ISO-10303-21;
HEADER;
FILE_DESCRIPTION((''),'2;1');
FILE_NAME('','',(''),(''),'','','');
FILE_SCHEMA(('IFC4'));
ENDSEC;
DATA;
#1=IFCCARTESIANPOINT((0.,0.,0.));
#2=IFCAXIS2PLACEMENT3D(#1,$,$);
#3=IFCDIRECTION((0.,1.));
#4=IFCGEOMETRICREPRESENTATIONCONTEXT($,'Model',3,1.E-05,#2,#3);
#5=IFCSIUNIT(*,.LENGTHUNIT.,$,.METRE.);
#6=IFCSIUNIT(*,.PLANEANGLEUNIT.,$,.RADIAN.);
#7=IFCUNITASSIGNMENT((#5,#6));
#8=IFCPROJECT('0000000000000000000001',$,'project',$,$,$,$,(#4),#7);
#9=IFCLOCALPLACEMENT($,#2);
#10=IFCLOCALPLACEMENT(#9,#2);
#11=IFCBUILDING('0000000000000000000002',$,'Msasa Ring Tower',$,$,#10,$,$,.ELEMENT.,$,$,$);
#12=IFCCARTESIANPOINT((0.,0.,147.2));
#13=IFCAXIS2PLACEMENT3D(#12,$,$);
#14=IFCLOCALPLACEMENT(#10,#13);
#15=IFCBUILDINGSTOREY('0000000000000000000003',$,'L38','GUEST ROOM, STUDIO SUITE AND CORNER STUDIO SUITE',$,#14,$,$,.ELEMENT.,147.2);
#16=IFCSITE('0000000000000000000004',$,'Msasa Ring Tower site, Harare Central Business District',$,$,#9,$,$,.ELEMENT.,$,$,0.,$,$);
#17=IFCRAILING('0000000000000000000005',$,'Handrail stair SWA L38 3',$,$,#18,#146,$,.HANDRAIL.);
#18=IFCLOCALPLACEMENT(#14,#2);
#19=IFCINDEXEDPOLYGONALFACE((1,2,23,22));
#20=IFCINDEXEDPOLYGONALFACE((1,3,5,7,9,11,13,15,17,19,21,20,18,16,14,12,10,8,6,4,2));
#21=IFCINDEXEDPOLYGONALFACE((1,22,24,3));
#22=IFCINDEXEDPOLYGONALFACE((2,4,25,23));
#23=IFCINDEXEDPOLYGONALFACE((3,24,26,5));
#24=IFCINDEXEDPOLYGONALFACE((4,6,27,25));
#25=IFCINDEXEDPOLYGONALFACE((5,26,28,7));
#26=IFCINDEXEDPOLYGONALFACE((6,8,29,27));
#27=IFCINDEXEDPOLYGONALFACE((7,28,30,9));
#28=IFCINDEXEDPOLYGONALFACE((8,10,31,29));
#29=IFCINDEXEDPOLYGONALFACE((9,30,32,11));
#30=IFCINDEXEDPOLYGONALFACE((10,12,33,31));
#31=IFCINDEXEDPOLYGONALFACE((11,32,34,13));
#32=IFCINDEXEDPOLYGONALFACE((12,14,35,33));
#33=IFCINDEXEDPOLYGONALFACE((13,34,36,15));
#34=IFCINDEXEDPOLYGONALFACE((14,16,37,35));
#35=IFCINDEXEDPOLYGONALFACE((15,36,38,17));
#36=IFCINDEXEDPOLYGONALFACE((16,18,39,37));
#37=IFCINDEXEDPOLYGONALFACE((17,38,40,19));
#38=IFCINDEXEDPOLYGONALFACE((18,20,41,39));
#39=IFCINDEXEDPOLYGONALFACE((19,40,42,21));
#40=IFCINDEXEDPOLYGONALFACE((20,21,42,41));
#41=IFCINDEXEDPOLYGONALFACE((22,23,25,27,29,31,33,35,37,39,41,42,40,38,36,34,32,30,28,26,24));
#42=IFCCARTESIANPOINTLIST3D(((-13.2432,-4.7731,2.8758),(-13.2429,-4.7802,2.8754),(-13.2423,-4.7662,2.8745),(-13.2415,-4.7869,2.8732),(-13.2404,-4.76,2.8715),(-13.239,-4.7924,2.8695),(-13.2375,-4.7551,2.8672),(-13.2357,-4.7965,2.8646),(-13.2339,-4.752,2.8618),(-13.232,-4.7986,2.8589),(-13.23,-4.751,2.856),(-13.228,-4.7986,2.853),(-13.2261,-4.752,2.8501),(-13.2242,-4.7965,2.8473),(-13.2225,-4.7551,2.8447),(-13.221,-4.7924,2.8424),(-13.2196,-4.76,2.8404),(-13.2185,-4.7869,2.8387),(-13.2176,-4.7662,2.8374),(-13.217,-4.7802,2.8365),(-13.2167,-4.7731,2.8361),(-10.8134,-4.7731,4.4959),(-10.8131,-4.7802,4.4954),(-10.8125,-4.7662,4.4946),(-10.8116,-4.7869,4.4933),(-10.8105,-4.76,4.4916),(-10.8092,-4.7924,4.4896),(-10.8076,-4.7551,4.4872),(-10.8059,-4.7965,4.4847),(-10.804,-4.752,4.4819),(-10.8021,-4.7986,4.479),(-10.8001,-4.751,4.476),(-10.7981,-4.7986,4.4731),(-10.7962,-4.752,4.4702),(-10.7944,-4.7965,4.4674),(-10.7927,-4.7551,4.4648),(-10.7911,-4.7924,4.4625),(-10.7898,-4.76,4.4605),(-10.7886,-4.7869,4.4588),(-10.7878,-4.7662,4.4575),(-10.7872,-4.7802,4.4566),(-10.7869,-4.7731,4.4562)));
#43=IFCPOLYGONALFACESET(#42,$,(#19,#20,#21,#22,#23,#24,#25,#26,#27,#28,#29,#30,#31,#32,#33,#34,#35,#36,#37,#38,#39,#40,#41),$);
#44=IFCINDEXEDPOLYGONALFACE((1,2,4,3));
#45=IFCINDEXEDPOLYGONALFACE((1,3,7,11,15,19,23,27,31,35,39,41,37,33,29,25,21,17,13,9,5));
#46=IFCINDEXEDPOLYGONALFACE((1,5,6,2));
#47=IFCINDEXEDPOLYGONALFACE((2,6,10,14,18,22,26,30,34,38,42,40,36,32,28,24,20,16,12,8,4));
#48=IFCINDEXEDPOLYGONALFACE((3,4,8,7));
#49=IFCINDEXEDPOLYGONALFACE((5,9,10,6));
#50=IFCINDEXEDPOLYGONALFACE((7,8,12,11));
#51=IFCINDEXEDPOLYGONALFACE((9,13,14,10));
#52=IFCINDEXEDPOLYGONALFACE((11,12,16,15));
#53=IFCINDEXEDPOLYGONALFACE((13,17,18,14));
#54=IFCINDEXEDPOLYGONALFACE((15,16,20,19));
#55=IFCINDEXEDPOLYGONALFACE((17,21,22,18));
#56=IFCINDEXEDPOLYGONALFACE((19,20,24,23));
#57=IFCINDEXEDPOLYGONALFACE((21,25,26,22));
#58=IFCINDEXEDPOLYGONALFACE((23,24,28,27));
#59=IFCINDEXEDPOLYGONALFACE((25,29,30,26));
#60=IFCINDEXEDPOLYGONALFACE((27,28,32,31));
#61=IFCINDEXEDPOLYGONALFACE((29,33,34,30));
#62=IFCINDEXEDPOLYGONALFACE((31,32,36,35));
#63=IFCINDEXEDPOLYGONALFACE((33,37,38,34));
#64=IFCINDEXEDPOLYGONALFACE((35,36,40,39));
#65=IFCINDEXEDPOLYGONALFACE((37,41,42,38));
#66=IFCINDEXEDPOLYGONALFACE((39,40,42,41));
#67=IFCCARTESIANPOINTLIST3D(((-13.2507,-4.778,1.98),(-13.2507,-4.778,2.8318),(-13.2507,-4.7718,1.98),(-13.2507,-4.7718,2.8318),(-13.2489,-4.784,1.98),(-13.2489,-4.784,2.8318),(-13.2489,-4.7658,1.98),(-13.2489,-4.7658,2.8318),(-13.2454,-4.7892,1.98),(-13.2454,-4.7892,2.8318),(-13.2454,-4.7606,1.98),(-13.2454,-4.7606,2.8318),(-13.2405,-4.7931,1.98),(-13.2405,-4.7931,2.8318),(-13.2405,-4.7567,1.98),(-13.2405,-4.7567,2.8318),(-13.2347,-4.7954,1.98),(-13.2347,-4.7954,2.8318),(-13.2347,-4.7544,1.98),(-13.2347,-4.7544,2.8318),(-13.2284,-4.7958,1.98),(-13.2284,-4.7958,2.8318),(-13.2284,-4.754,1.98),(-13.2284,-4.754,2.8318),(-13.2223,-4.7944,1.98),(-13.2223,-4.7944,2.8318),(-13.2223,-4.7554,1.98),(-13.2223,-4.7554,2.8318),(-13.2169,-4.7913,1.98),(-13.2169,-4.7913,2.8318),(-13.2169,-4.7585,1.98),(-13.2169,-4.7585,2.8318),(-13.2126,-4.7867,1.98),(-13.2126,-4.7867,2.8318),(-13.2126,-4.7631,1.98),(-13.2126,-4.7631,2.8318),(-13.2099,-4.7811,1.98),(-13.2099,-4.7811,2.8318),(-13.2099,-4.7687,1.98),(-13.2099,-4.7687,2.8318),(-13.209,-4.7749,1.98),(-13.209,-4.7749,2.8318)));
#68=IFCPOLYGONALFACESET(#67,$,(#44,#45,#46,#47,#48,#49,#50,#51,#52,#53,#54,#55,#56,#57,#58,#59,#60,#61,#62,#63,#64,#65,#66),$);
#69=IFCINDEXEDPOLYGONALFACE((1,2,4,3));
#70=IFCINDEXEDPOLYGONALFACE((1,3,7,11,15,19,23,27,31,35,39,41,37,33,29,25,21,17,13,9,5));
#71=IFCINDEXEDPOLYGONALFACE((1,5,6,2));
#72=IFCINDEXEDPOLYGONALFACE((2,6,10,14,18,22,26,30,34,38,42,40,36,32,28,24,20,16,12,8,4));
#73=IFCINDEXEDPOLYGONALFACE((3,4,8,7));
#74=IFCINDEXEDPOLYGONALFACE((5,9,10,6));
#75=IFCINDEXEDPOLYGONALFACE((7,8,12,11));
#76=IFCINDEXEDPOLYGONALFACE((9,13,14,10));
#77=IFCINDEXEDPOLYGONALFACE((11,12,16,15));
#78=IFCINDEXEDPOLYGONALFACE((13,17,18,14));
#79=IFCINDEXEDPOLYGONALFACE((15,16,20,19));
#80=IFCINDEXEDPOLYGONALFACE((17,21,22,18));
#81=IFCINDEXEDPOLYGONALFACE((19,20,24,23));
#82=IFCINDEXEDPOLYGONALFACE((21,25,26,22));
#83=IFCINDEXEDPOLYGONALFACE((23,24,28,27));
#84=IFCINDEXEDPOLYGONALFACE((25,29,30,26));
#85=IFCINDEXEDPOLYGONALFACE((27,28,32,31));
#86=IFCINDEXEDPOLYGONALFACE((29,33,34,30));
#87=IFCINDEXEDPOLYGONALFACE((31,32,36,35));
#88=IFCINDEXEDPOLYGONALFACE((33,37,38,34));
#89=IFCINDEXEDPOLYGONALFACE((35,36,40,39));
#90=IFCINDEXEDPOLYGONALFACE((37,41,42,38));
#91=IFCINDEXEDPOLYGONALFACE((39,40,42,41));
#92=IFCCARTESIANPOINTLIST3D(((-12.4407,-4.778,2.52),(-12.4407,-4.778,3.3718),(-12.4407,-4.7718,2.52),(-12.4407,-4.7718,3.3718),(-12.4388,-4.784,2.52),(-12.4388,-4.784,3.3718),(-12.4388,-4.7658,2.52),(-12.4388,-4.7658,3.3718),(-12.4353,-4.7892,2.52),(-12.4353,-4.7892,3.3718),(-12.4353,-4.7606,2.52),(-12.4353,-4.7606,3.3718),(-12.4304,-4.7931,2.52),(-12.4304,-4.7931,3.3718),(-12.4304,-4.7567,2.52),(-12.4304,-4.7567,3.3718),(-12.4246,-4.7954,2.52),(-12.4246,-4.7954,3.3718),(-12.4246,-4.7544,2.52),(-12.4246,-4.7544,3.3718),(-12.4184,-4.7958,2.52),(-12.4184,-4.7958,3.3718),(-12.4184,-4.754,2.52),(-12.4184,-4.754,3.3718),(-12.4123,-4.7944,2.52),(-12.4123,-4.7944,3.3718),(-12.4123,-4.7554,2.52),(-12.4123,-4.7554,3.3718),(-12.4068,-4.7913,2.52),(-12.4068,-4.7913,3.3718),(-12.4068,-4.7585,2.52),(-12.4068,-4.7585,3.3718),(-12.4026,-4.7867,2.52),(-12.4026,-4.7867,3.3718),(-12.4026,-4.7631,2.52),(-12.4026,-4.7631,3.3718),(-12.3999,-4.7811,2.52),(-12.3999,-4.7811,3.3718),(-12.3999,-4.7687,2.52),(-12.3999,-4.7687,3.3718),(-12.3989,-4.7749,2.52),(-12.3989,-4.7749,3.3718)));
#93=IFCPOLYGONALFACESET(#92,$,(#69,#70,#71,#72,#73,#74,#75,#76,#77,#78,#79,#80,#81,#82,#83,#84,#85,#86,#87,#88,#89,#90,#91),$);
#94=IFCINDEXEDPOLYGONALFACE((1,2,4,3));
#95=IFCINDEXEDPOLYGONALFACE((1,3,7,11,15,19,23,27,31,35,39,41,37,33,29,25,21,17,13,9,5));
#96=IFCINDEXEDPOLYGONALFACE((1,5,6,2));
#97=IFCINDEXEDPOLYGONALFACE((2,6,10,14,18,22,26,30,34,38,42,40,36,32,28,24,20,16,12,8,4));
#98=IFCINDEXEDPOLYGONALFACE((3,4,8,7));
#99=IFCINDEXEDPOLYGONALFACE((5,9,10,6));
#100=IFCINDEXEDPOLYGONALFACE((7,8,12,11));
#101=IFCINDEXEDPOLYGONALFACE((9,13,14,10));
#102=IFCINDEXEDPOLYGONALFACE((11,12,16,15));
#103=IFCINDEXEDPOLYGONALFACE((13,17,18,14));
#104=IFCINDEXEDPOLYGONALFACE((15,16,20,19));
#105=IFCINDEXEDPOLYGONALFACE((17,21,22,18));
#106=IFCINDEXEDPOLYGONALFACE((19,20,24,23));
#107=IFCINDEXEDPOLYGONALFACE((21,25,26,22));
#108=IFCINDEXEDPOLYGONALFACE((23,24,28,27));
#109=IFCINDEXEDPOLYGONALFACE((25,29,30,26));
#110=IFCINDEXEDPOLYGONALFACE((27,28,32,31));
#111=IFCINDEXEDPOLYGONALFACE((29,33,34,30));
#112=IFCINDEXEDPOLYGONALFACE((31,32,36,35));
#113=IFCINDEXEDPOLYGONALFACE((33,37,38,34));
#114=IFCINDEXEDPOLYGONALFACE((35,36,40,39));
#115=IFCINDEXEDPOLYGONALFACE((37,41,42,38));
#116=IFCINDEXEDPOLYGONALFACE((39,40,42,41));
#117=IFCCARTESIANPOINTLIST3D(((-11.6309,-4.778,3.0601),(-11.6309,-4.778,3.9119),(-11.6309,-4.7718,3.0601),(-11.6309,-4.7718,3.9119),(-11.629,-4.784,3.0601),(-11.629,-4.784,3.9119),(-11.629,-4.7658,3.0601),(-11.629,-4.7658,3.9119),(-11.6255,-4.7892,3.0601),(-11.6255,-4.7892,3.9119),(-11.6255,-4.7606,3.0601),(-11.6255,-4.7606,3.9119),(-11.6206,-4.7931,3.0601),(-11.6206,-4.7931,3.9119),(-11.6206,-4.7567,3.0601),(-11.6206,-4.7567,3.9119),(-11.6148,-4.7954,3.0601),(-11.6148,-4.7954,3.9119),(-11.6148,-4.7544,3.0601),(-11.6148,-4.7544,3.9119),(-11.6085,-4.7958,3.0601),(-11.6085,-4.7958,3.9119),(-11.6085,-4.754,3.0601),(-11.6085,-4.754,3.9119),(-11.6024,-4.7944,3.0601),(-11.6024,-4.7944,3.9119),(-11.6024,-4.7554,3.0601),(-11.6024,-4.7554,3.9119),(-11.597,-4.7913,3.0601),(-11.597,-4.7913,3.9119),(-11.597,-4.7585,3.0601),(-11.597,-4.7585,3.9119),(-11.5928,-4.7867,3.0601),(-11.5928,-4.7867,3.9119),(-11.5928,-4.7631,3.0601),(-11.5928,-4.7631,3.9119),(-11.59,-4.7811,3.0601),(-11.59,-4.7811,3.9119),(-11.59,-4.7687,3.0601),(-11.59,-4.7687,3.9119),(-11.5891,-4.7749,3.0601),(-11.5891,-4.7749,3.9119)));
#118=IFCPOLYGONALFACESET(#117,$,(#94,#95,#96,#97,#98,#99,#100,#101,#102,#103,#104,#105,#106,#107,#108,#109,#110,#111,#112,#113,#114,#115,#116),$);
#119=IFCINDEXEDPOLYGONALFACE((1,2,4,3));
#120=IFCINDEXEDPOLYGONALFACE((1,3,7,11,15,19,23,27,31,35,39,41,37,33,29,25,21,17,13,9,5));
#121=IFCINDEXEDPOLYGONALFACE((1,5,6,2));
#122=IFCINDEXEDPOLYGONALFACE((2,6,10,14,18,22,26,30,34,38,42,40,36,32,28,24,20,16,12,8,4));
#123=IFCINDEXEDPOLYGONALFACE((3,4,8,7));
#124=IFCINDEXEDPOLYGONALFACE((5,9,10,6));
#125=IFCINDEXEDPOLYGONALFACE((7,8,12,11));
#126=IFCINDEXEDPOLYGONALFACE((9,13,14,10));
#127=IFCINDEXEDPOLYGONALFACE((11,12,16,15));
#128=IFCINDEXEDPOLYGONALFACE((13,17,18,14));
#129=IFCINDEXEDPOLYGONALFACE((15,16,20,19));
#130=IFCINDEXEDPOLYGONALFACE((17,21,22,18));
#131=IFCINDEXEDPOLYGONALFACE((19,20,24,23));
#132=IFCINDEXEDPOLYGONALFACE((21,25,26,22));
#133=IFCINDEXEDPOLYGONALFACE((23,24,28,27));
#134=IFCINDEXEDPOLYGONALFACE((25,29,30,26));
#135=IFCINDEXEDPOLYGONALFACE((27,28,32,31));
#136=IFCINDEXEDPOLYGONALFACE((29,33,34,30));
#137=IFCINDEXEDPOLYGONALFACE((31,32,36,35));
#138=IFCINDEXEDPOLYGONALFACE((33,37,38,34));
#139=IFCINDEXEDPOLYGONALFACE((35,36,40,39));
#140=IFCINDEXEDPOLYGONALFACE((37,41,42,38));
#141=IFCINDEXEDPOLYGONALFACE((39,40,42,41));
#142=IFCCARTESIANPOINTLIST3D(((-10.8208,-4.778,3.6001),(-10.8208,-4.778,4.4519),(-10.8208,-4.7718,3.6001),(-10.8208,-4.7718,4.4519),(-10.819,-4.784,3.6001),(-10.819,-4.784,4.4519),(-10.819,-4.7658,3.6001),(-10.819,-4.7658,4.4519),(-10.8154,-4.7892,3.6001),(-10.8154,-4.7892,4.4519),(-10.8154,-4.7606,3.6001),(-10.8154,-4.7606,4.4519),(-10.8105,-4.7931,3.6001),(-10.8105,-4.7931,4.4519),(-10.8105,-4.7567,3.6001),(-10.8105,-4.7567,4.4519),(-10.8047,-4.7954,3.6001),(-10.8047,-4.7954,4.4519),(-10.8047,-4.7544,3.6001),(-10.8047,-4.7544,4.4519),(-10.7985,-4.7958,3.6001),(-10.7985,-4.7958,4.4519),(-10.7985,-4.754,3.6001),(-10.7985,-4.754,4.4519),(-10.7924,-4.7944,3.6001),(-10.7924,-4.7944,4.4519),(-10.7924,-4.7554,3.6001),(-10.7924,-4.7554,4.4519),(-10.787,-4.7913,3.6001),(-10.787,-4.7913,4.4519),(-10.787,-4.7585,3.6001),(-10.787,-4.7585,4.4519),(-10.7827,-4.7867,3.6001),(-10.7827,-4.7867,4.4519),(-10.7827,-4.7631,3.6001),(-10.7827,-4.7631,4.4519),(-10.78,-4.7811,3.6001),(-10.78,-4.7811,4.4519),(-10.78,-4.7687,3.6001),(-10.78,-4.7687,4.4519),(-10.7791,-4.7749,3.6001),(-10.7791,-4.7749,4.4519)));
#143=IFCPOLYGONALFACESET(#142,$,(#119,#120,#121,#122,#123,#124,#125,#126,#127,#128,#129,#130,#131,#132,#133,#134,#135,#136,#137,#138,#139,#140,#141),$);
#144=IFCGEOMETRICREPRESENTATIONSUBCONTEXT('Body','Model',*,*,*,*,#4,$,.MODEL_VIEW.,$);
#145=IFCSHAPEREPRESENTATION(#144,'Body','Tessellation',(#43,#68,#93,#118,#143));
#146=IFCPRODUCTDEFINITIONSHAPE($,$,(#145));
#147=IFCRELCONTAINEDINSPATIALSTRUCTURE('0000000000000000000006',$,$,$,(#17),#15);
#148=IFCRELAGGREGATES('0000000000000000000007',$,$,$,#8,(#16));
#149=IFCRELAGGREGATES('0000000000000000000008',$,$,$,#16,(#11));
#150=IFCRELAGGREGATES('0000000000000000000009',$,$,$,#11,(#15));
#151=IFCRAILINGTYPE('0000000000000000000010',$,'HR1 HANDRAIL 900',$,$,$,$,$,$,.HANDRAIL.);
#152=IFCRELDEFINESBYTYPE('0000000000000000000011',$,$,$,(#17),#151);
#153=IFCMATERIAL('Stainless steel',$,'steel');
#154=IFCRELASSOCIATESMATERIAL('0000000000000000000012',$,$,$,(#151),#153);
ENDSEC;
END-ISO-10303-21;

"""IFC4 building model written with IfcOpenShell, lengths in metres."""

from ifc_helpers import new_model, si_unit, direction, frame, origin, origin_2d, place, context, subcontext, project, spatial, circle, extrude, material, type_object, element, save


model = new_model("IFC4")

# Units and contexts
model_context = context("Model", 3, precision=1e-05, world=origin(), true_north=direction((0.0, 1.0)))
body_context = subcontext(model_context, "Body", "Model", "MODEL_VIEW")
ifc_project = project(units=[si_unit("LENGTHUNIT", "METRE"), si_unit("PLANEANGLEUNIT", "RADIAN")], contexts=[model_context])

# Site, building, storey
site_placement = place(None, origin())
site = spatial("IfcSite", under=ifc_project, at=site_placement, Name="Msasa Ring Tower site, Harare Central Business District", CompositionType="ELEMENT", RefElevation=0.0)
building_placement = place(site_placement, origin())
building = spatial("IfcBuilding", under=site, at=building_placement, Name="Msasa Ring Tower", CompositionType="ELEMENT")
storey_placement = place(building_placement, frame((0.0, 0.0, 147.2)))
storey = spatial("IfcBuildingStorey", under=building, at=storey_placement, Name="L38", Description="GUEST ROOM, STUDIO SUITE AND CORNER STUDIO SUITE", CompositionType="ELEMENT", Elevation=147.2)

# Railing
ifc_material_1 = material(Name="Stainless steel", Category="steel")
railing_type = type_object("IfcRailingType", Name="HR1 HANDRAIL 900", PredefinedType="HANDRAIL", material=ifc_material_1)
for number, where, name in (
    (1, (-13.23, -4.7749, 1.98), "Handrail stair SWA L38 3"),
):
    element("IfcRailing", number, at=place(storey_placement, frame(where)), inside=storey, type_object=railing_type, Name=name, PredefinedType="HANDRAIL", context=body_context, shape_type="SweptSolid", body=[
        extrude(circle(Radius=0.0239, at=origin_2d()), frame((0.0, 0.0, 0.876), z_axis=(0.832025, 0.0, 0.554739), x_axis=(0.0, 1.0, 0.0)), (0.0, 0.0, 1.0), 2.9204),
        extrude(circle(Radius=0.021, at=origin_2d()), origin(), (0.0, 0.0, 1.0), 0.8518),
        extrude(circle(Radius=0.021, at=origin_2d()), frame((0.8101, 0.0, 0.54)), (0.0, 0.0, 1.0), 0.8518),
        extrude(circle(Radius=0.021, at=origin_2d()), frame((1.6199, 0.0, 1.0801)), (0.0, 0.0, 1.0), 0.8518),
        extrude(circle(Radius=0.021, at=origin_2d()), frame((2.4299, 0.0, 1.6201)), (0.0, 0.0, 1.0), 0.8518),
    ])

save(model, "model.ifc")
